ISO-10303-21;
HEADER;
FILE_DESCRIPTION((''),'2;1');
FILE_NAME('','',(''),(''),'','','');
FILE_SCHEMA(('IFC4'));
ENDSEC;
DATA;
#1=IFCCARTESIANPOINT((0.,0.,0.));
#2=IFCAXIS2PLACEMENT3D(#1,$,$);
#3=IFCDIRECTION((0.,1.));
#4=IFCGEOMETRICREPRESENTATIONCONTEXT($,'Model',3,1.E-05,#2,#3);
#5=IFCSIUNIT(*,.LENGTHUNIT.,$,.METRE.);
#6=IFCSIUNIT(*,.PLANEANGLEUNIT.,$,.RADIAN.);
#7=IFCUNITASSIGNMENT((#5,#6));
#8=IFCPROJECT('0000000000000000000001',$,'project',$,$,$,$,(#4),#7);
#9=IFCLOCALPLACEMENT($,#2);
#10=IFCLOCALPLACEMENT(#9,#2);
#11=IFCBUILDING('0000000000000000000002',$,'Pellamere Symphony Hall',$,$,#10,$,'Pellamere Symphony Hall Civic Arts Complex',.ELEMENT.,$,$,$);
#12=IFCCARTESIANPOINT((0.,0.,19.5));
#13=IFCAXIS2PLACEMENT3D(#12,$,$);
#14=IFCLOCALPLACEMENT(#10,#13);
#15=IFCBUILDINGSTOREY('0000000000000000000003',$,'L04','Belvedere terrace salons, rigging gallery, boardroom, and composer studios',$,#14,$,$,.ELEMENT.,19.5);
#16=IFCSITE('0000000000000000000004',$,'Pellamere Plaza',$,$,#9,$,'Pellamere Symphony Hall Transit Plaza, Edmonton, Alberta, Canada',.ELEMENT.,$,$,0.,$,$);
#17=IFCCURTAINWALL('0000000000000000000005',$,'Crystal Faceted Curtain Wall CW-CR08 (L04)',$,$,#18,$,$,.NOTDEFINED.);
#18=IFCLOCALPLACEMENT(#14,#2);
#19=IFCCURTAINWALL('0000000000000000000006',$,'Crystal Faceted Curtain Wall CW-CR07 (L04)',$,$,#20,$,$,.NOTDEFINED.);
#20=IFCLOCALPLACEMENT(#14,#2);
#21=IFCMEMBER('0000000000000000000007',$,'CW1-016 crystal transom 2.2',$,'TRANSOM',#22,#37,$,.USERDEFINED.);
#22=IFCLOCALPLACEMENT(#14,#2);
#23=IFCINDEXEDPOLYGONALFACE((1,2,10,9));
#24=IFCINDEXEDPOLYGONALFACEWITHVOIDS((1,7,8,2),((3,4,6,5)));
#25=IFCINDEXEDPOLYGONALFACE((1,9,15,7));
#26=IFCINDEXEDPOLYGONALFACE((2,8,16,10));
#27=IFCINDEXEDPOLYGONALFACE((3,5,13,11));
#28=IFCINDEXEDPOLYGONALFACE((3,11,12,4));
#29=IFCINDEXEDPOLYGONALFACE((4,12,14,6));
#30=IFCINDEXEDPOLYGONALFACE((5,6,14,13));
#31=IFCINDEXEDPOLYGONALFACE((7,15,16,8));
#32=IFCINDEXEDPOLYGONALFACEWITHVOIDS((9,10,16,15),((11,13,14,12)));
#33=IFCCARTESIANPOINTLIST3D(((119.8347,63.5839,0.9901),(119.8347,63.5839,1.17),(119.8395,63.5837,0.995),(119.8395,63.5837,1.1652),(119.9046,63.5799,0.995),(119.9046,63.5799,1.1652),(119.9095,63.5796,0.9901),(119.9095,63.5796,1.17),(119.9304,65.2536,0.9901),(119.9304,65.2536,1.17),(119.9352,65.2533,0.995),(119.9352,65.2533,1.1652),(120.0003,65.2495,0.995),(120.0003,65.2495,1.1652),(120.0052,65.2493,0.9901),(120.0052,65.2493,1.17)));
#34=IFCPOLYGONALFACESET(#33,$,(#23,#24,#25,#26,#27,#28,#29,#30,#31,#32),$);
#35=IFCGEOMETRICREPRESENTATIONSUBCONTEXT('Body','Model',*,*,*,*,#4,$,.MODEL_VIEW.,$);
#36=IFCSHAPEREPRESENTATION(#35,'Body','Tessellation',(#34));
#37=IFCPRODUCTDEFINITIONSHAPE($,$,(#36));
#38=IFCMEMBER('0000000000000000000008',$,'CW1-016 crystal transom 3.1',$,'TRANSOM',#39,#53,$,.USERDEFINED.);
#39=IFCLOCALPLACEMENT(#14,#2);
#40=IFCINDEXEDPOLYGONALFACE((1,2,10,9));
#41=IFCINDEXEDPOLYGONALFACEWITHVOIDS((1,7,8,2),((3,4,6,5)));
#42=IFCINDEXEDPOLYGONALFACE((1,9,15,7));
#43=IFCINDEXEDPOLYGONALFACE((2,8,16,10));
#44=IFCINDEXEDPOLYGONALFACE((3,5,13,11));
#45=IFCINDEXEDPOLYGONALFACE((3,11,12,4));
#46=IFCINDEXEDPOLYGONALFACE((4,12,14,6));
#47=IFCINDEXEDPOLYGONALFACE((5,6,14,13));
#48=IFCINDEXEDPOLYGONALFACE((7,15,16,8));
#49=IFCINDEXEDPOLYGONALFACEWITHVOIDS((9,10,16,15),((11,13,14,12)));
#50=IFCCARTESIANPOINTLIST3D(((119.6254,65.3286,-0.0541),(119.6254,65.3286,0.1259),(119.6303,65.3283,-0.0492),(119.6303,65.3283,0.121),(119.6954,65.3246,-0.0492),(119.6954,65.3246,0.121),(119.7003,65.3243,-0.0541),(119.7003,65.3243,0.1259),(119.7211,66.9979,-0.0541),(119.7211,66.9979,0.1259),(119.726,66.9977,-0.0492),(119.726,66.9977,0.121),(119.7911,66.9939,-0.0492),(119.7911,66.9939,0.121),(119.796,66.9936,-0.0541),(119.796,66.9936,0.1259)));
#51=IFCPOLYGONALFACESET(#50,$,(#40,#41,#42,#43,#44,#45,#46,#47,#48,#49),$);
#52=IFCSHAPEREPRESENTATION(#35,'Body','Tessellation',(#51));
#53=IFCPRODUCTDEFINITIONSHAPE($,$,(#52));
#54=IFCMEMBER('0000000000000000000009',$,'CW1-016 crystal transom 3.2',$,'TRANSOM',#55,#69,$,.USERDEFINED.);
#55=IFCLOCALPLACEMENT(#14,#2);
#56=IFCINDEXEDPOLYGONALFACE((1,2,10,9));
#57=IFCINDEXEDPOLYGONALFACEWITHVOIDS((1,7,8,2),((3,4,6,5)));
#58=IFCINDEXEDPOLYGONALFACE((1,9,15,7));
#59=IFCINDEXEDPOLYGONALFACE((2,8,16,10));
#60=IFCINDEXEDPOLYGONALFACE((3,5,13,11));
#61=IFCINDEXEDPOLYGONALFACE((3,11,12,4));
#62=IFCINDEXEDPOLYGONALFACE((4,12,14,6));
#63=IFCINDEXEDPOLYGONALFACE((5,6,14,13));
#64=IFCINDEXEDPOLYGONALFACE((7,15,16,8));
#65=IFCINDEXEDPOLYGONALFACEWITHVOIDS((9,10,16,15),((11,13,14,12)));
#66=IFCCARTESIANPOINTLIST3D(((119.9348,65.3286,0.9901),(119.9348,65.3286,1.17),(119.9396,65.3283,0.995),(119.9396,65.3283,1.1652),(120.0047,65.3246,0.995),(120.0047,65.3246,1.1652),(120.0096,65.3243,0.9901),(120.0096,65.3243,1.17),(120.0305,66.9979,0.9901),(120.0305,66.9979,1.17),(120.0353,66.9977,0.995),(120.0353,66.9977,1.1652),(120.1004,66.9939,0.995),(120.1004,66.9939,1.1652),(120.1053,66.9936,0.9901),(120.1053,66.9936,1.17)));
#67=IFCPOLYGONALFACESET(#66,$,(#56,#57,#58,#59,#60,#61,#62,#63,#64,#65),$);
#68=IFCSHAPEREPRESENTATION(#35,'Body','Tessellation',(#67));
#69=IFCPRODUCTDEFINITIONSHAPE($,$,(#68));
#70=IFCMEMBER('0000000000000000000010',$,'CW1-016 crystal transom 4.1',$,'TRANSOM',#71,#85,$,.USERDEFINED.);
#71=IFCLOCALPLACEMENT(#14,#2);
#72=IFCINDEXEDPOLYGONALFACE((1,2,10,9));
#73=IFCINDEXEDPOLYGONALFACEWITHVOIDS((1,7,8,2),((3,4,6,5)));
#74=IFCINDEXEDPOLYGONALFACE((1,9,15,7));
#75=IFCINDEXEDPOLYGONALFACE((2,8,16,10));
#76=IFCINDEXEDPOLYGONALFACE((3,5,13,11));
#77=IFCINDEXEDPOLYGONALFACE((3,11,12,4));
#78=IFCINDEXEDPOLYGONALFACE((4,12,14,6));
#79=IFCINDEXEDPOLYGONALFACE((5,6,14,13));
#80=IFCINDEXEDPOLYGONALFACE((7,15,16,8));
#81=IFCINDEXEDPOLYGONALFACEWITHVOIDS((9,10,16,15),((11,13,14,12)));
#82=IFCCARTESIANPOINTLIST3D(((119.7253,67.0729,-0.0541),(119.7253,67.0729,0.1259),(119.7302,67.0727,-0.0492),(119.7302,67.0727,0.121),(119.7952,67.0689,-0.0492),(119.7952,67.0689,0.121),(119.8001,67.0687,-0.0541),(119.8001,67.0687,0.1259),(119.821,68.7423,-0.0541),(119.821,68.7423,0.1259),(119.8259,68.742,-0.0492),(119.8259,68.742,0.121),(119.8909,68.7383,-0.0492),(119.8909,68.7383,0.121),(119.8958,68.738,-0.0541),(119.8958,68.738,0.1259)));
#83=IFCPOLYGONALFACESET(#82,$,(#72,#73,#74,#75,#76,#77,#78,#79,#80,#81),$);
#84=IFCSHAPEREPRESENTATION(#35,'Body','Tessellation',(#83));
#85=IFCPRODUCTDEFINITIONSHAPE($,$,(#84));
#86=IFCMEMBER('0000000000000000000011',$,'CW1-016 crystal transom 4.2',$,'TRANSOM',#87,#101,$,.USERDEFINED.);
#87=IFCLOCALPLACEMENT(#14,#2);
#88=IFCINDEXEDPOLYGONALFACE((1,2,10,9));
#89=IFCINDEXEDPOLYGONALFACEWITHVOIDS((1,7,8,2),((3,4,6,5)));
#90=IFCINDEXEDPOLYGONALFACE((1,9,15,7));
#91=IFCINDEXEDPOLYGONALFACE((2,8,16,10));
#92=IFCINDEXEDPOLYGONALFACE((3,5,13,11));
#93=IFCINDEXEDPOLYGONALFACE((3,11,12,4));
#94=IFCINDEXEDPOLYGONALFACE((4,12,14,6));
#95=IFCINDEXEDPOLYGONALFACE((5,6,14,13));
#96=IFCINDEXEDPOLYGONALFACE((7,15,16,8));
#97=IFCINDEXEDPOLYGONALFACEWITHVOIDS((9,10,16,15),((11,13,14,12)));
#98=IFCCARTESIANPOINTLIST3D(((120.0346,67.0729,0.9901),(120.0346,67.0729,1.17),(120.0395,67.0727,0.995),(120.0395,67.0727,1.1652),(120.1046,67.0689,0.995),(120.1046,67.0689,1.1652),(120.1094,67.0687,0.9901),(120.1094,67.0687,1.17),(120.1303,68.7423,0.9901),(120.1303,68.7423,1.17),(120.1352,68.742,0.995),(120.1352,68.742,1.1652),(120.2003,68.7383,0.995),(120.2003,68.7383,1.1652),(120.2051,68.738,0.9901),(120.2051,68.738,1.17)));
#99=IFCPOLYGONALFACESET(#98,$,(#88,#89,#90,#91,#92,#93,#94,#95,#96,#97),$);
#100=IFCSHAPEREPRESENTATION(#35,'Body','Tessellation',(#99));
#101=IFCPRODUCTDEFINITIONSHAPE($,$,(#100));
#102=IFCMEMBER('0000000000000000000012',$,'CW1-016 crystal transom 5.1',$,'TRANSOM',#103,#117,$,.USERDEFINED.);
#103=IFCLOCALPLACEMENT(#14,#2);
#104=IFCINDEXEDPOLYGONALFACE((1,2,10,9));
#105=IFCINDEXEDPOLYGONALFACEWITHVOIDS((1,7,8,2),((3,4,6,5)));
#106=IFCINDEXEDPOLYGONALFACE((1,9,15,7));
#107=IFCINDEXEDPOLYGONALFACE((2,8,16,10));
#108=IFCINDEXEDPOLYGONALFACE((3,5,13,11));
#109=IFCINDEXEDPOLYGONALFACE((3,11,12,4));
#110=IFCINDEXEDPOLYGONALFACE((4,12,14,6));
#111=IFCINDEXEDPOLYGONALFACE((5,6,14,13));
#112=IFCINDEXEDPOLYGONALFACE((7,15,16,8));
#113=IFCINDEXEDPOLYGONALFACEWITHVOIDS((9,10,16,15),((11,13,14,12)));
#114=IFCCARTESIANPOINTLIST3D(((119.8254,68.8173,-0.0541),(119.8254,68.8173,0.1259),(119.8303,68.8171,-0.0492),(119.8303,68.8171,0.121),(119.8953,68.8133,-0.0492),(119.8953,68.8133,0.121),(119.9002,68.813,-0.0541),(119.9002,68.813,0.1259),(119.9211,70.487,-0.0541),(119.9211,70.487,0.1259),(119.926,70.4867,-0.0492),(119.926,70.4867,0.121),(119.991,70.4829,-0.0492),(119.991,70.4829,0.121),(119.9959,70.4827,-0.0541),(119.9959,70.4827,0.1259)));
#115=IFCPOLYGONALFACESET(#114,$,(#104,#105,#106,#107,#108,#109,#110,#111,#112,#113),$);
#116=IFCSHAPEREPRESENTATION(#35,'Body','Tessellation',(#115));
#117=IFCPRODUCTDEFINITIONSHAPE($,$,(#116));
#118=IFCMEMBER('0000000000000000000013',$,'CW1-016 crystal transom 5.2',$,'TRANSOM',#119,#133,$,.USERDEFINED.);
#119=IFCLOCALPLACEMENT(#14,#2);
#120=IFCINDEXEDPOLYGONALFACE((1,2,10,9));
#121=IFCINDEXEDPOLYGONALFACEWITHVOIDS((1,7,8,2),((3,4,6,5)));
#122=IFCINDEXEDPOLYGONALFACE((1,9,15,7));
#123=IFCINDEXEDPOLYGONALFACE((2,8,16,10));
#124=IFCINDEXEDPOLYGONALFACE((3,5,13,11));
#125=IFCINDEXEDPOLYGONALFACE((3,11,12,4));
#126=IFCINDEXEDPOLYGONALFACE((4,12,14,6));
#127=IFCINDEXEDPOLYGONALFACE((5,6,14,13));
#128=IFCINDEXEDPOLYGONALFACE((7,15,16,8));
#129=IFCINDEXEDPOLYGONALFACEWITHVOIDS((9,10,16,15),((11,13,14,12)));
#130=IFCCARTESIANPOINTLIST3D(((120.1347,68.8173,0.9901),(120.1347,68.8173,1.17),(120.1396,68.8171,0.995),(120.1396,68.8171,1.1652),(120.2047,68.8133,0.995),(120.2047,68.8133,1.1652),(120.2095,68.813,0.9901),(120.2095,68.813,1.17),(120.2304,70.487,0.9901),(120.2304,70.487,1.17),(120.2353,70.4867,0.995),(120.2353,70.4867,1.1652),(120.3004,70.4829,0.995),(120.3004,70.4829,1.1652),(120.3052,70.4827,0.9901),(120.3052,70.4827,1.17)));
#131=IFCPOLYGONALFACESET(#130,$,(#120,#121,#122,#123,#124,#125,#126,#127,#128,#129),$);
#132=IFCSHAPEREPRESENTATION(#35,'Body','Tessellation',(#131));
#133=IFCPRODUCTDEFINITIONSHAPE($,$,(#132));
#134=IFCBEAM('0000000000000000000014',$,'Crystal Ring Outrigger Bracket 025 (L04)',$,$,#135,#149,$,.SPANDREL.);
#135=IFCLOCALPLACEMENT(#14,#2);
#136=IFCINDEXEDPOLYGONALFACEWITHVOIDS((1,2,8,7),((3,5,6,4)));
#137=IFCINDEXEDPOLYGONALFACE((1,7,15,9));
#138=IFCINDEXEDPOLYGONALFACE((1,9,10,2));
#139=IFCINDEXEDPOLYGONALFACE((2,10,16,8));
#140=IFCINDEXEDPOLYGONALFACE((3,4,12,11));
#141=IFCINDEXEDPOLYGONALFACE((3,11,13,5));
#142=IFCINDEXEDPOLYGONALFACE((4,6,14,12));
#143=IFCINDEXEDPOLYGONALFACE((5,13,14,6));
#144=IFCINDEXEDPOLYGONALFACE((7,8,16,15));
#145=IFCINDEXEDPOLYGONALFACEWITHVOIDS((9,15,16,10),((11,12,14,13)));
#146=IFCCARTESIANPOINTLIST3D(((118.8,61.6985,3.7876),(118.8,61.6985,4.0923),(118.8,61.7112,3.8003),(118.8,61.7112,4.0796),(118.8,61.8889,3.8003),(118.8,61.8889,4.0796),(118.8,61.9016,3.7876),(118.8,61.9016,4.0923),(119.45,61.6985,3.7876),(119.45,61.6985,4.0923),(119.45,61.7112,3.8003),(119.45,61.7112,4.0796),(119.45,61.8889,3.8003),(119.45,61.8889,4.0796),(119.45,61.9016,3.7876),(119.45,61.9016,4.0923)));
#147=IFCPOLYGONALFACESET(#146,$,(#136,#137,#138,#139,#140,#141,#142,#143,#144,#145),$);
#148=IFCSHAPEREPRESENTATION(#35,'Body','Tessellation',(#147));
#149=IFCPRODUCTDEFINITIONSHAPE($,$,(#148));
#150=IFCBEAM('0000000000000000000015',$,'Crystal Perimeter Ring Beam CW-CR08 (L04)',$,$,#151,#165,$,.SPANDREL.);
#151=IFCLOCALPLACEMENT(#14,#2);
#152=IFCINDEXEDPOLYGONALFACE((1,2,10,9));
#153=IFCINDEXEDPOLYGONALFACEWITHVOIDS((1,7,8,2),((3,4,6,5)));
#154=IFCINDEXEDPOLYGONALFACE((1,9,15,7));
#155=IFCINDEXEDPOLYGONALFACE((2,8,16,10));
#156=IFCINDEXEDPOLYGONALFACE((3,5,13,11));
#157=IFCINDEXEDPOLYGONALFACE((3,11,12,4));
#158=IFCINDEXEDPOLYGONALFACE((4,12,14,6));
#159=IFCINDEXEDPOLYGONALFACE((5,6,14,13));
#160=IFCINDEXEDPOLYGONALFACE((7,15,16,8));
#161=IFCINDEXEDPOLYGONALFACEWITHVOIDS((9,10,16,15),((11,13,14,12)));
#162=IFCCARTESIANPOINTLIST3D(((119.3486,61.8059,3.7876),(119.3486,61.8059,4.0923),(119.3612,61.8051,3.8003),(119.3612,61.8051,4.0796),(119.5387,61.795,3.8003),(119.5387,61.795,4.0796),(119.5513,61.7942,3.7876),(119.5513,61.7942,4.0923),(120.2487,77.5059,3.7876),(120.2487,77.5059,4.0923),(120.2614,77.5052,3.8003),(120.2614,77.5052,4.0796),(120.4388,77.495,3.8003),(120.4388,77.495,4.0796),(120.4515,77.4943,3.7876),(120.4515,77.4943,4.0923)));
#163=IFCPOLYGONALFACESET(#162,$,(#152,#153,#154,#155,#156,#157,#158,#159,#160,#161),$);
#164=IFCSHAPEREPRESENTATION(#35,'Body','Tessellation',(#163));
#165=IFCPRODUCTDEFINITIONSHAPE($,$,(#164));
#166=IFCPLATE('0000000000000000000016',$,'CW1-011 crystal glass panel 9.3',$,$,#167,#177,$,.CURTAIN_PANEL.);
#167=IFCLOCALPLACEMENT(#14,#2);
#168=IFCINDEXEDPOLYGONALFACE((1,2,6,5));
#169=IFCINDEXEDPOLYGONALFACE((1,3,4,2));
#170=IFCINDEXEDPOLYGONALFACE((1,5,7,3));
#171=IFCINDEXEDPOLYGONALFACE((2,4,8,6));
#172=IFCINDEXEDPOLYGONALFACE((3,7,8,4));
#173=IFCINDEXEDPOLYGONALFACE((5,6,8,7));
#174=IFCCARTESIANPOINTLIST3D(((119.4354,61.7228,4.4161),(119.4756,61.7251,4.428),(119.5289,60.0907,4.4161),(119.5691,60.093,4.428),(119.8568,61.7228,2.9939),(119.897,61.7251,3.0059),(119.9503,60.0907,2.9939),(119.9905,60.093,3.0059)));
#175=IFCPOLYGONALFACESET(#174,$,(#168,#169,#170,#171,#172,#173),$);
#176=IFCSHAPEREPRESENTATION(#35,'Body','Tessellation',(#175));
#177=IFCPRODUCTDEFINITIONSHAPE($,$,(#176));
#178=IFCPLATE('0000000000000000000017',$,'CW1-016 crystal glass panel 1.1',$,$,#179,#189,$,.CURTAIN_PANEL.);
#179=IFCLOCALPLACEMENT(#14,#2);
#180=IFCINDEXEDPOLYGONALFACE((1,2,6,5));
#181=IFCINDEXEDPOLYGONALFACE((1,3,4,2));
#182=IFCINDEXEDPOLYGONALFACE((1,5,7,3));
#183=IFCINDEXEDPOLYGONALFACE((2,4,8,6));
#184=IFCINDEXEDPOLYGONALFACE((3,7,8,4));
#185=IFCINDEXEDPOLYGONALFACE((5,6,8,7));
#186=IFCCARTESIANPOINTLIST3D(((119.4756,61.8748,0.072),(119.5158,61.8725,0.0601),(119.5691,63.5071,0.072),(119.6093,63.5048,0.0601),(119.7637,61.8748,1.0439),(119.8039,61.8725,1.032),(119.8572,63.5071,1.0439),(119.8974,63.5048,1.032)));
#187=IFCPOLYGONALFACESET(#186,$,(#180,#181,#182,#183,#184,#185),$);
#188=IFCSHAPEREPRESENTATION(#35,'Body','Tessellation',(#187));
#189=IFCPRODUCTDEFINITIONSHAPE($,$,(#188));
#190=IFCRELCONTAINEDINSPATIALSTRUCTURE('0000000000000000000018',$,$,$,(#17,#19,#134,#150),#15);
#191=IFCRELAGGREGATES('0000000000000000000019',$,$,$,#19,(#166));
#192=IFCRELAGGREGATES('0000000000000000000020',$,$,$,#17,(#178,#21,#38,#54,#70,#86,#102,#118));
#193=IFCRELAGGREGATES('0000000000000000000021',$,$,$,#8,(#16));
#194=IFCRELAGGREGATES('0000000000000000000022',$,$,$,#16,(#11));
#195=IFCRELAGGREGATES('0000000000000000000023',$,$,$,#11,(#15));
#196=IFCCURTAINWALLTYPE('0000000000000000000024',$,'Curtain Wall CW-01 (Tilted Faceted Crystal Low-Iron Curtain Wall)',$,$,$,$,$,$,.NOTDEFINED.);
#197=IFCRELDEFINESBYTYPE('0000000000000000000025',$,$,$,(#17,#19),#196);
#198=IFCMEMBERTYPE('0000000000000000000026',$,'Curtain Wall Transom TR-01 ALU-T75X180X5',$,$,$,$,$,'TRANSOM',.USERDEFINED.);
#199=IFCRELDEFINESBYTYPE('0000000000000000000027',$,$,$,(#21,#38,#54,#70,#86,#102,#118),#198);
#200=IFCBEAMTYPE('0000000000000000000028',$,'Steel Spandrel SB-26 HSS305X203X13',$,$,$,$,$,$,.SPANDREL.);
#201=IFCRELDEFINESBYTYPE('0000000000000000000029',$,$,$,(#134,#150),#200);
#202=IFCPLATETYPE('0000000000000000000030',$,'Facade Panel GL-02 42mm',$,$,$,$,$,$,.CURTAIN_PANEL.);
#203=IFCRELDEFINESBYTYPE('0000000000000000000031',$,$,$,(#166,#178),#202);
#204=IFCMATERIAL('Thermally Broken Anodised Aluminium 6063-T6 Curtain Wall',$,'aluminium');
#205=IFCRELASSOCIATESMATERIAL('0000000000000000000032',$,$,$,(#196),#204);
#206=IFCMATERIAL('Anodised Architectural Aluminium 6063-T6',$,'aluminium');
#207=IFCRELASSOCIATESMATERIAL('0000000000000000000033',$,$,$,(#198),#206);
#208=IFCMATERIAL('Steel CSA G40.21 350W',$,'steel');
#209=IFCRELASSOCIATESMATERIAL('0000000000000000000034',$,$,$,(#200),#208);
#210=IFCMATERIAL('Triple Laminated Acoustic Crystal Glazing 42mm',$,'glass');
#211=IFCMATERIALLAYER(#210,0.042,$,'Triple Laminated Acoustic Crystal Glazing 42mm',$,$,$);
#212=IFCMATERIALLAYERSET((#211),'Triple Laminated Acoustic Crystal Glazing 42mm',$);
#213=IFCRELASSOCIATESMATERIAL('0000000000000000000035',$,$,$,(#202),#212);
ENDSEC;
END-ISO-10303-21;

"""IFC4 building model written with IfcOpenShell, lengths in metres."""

from ifc_helpers import new_model, si_unit, direction, frame, origin, origin_2d, place, context, subcontext, project, spatial, polyline, hollow_rectangle, outline, extrude, material, layer, layer_set, material_profile, profile_set, type_object, element, aggregate, save


model = new_model("IFC4")

# Units and contexts
model_context = context("Model", 3, precision=1e-05, world=origin(), true_north=direction((0.0, 1.0)))
body_context = subcontext(model_context, "Body", "Model", "MODEL_VIEW")
ifc_project = project(units=[si_unit("LENGTHUNIT", "METRE"), si_unit("PLANEANGLEUNIT", "RADIAN")], contexts=[model_context])

# Site, building, storey
site_placement = place(None, origin())
site = spatial("IfcSite", under=ifc_project, at=site_placement, Name="Pellamere Plaza", LongName="Pellamere Symphony Hall Transit Plaza, Edmonton, Alberta, Canada", CompositionType="ELEMENT", RefElevation=0.0)
building_placement = place(site_placement, origin())
building = spatial("IfcBuilding", under=site, at=building_placement, Name="Pellamere Symphony Hall", LongName="Pellamere Symphony Hall Civic Arts Complex", CompositionType="ELEMENT")
storey_placement = place(building_placement, frame((0.0, 0.0, 19.5)))
storey = spatial("IfcBuildingStorey", under=building, at=storey_placement, Name="L04", Description="Belvedere terrace salons, rigging gallery, boardroom, and composer studios", CompositionType="ELEMENT", Elevation=19.5)

# Curtain walls
ifc_material_1 = material(Name="Thermally Broken Anodised Aluminium 6063-T6 Curtain Wall", Category="aluminium")
curtain_wall_type = type_object("IfcCurtainWallType", Name="Curtain Wall CW-01 (Tilted Faceted Crystal Low-Iron Curtain Wall)", PredefinedType="NOTDEFINED", material=ifc_material_1)
curtain_wall_1_placement = place(storey_placement, origin())
curtain_wall_1 = element("IfcCurtainWall", 1, at=curtain_wall_1_placement, inside=storey, type_object=curtain_wall_type, Name="Crystal Faceted Curtain Wall CW-CR08 (L04)", PredefinedType="NOTDEFINED")
ifc_material_2 = material(Name="Anodised Architectural Aluminium 6063-T6", Category="aluminium")
curtain_wall_2_placement = place(storey_placement, origin())
curtain_wall_2 = element("IfcCurtainWall", 2, at=curtain_wall_2_placement, inside=storey, type_object=curtain_wall_type, Name="Crystal Faceted Curtain Wall CW-CR07 (L04)", PredefinedType="NOTDEFINED")
ifc_material_profile_1 = material_profile(ifc_material_2, hollow_rectangle(XDim=0.075, YDim=0.1799, WallThickness=0.0049, at=origin_2d()), Name="ALU-T75X180X5")
ifc_profile_set_1 = profile_set([ifc_material_profile_1], Name="Anodised Architectural Aluminium 6063-T6")
member_type_1 = type_object("IfcMemberType", Name="Curtain Wall Transom TR-01 ALU-T75X180X5", ElementType="TRANSOM", PredefinedType="USERDEFINED", material=ifc_profile_set_1)

# Members
member_1_placement = place(storey_placement, frame((119.8721, 63.5818, 1.0801), z_axis=(0.057224, 0.998361, 0.0), x_axis=(-0.998361, 0.057224, 0.0)))
member_1 = element("IfcMember", 3, at=member_1_placement, type_object=member_type_1, Name="CW1-016 crystal transom 2.2", ObjectType="TRANSOM", PredefinedType="USERDEFINED", context=body_context, shape_type="SweptSolid", body=[
    extrude(hollow_rectangle(XDim=0.075, YDim=0.1799, WallThickness=0.0049, at=origin_2d()), origin(), (0.0, 0.0, 1.0), 1.6724),
])
member_2_placement = place(storey_placement, frame((119.6628, 65.3264, 0.0359), z_axis=(0.057233, 0.998361, 0.0), x_axis=(-0.998361, 0.057233, 0.0)))
member_2 = element("IfcMember", 4, at=member_2_placement, type_object=member_type_1, Name="CW1-016 crystal transom 3.1", ObjectType="TRANSOM", PredefinedType="USERDEFINED", context=body_context, shape_type="SweptSolid", body=[
    extrude(hollow_rectangle(XDim=0.075, YDim=0.1799, WallThickness=0.0049, at=origin_2d()), origin(), (0.0, 0.0, 1.0), 1.6721),
])
member_3_placement = place(storey_placement, frame((119.9722, 65.3264, 1.0801), z_axis=(0.057233, 0.998361, 0.0), x_axis=(-0.998361, 0.057233, 0.0)))
member_3 = element("IfcMember", 5, at=member_3_placement, type_object=member_type_1, Name="CW1-016 crystal transom 3.2", ObjectType="TRANSOM", PredefinedType="USERDEFINED", context=body_context, shape_type="SweptSolid", body=[
    extrude(hollow_rectangle(XDim=0.075, YDim=0.1799, WallThickness=0.0049, at=origin_2d()), origin(), (0.0, 0.0, 1.0), 1.6721),
])
member_4_placement = place(storey_placement, frame((119.7627, 67.0708, 0.0359), z_axis=(0.057233, 0.998361, 0.0), x_axis=(-0.998361, 0.057233, 0.0)))
member_4 = element("IfcMember", 6, at=member_4_placement, type_object=member_type_1, Name="CW1-016 crystal transom 4.1", ObjectType="TRANSOM", PredefinedType="USERDEFINED", context=body_context, shape_type="SweptSolid", body=[
    extrude(hollow_rectangle(XDim=0.075, YDim=0.1799, WallThickness=0.0049, at=origin_2d()), origin(), (0.0, 0.0, 1.0), 1.6721),
])
member_5_placement = place(storey_placement, frame((120.072, 67.0708, 1.0801), z_axis=(0.057233, 0.998361, 0.0), x_axis=(-0.998361, 0.057233, 0.0)))
member_5 = element("IfcMember", 7, at=member_5_placement, type_object=member_type_1, Name="CW1-016 crystal transom 4.2", ObjectType="TRANSOM", PredefinedType="USERDEFINED", context=body_context, shape_type="SweptSolid", body=[
    extrude(hollow_rectangle(XDim=0.075, YDim=0.1799, WallThickness=0.0049, at=origin_2d()), origin(), (0.0, 0.0, 1.0), 1.6721),
])
member_6_placement = place(storey_placement, frame((119.8628, 68.8152, 0.0359), z_axis=(0.057224, 0.998361, 0.0), x_axis=(-0.998361, 0.057224, 0.0)))
member_6 = element("IfcMember", 8, at=member_6_placement, type_object=member_type_1, Name="CW1-016 crystal transom 5.1", ObjectType="TRANSOM", PredefinedType="USERDEFINED", context=body_context, shape_type="SweptSolid", body=[
    extrude(hollow_rectangle(XDim=0.075, YDim=0.1799, WallThickness=0.0049, at=origin_2d()), origin(), (0.0, 0.0, 1.0), 1.6724),
])
member_7_placement = place(storey_placement, frame((120.1721, 68.8152, 1.0801), z_axis=(0.057224, 0.998361, 0.0), x_axis=(-0.998361, 0.057224, 0.0)))
member_7 = element("IfcMember", 9, at=member_7_placement, type_object=member_type_1, Name="CW1-016 crystal transom 5.2", ObjectType="TRANSOM", PredefinedType="USERDEFINED", context=body_context, shape_type="SweptSolid", body=[
    extrude(hollow_rectangle(XDim=0.075, YDim=0.1799, WallThickness=0.0049, at=origin_2d()), origin(), (0.0, 0.0, 1.0), 1.6724),
])

# Beams
ifc_material_3 = material(Name="Steel CSA G40.21 350W", Category="steel")
ifc_material_profile_2 = material_profile(ifc_material_3, hollow_rectangle(XDim=0.2031, YDim=0.3047, WallThickness=0.0127, at=origin_2d()), Name="HSS305X203X13")
ifc_profile_set_2 = profile_set([ifc_material_profile_2], Name="Steel CSA G40.21 350W")
beam_type = type_object("IfcBeamType", Name="Steel Spandrel SB-26 HSS305X203X13", PredefinedType="SPANDREL", material=ifc_profile_set_2)
beam_1_placement = place(storey_placement, frame((118.8, 61.8, 3.9399), z_axis=(1.0, 0.0, 0.0), x_axis=(0.0, 1.0, 0.0)))
element("IfcBeam", 10, at=beam_1_placement, inside=storey, type_object=beam_type, Name="Crystal Ring Outrigger Bracket 025 (L04)", PredefinedType="SPANDREL", context=body_context, shape_type="SweptSolid", body=[
    extrude(hollow_rectangle(XDim=0.2031, YDim=0.3047, WallThickness=0.0127, at=origin_2d()), origin(), (0.0, 0.0, 1.0), 0.6499),
])
beam_2_placement = place(storey_placement, frame((119.45, 61.8, 3.9399), z_axis=(0.05724, 0.99836, 0.0), x_axis=(-0.99836, 0.05724, 0.0)))
element("IfcBeam", 11, at=beam_2_placement, inside=storey, type_object=beam_type, Name="Crystal Perimeter Ring Beam CW-CR08 (L04)", PredefinedType="SPANDREL", context=body_context, shape_type="SweptSolid", body=[
    extrude(hollow_rectangle(XDim=0.2031, YDim=0.3047, WallThickness=0.0127, at=origin_2d()), origin(), (0.0, 0.0, 1.0), 15.7258),
])

# Plates
ifc_material_4 = material(Name="Triple Laminated Acoustic Crystal Glazing 42mm", Category="glass")
ifc_layer_1 = layer(ifc_material_4, 0.042, Name="Triple Laminated Acoustic Crystal Glazing 42mm")
ifc_layer_set_1 = layer_set([ifc_layer_1], Name="Triple Laminated Acoustic Crystal Glazing 42mm")
plate_type_1 = type_object("IfcPlateType", Name="Facade Panel GL-02 42mm", PredefinedType="CURTAIN_PANEL", material=ifc_layer_set_1)
plate_1_placement = place(storey_placement, frame((119.9905, 60.093, 3.0059), z_axis=(0.957351, 0.054849, 0.283672), x_axis=(-0.057199, 0.998363, 0.0)))
plate_1 = element("IfcPlate", 12, at=plate_1_placement, type_object=plate_type_1, Name="CW1-011 crystal glass panel 9.3", PredefinedType="CURTAIN_PANEL", context=body_context, shape_type="SweptSolid", body=[
    extrude(outline(polyline([(0.0, 0.0), (1.6348, 0.0), (1.6589, 1.483), (0.0241, 1.483), (0.0, 0.0)])), origin(), (0.0, 0.0, -1.0), 0.042),
])
aggregate(curtain_wall_2, [plate_1])
plate_2_placement = place(storey_placement, frame((119.4756, 61.8748, 0.072), z_axis=(-0.957326, 0.054839, 0.283759), x_axis=(0.05719, 0.998363, 0.0)))
plate_2 = element("IfcPlate", 13, at=plate_2_placement, type_object=plate_type_1, Name="CW1-016 crystal glass panel 1.1", PredefinedType="CURTAIN_PANEL", context=body_context, shape_type="SweptSolid", body=[
    extrude(outline(polyline([(0.0, 0.0), (1.635, 0.0), (1.6515, -1.0136), (0.0165, -1.0136), (0.0, 0.0)])), origin(), (0.0, 0.0, -1.0), 0.042),
])
aggregate(curtain_wall_1, [plate_2, member_1, member_2, member_3, member_4, member_5, member_6, member_7])

save(model, "model.ifc")
